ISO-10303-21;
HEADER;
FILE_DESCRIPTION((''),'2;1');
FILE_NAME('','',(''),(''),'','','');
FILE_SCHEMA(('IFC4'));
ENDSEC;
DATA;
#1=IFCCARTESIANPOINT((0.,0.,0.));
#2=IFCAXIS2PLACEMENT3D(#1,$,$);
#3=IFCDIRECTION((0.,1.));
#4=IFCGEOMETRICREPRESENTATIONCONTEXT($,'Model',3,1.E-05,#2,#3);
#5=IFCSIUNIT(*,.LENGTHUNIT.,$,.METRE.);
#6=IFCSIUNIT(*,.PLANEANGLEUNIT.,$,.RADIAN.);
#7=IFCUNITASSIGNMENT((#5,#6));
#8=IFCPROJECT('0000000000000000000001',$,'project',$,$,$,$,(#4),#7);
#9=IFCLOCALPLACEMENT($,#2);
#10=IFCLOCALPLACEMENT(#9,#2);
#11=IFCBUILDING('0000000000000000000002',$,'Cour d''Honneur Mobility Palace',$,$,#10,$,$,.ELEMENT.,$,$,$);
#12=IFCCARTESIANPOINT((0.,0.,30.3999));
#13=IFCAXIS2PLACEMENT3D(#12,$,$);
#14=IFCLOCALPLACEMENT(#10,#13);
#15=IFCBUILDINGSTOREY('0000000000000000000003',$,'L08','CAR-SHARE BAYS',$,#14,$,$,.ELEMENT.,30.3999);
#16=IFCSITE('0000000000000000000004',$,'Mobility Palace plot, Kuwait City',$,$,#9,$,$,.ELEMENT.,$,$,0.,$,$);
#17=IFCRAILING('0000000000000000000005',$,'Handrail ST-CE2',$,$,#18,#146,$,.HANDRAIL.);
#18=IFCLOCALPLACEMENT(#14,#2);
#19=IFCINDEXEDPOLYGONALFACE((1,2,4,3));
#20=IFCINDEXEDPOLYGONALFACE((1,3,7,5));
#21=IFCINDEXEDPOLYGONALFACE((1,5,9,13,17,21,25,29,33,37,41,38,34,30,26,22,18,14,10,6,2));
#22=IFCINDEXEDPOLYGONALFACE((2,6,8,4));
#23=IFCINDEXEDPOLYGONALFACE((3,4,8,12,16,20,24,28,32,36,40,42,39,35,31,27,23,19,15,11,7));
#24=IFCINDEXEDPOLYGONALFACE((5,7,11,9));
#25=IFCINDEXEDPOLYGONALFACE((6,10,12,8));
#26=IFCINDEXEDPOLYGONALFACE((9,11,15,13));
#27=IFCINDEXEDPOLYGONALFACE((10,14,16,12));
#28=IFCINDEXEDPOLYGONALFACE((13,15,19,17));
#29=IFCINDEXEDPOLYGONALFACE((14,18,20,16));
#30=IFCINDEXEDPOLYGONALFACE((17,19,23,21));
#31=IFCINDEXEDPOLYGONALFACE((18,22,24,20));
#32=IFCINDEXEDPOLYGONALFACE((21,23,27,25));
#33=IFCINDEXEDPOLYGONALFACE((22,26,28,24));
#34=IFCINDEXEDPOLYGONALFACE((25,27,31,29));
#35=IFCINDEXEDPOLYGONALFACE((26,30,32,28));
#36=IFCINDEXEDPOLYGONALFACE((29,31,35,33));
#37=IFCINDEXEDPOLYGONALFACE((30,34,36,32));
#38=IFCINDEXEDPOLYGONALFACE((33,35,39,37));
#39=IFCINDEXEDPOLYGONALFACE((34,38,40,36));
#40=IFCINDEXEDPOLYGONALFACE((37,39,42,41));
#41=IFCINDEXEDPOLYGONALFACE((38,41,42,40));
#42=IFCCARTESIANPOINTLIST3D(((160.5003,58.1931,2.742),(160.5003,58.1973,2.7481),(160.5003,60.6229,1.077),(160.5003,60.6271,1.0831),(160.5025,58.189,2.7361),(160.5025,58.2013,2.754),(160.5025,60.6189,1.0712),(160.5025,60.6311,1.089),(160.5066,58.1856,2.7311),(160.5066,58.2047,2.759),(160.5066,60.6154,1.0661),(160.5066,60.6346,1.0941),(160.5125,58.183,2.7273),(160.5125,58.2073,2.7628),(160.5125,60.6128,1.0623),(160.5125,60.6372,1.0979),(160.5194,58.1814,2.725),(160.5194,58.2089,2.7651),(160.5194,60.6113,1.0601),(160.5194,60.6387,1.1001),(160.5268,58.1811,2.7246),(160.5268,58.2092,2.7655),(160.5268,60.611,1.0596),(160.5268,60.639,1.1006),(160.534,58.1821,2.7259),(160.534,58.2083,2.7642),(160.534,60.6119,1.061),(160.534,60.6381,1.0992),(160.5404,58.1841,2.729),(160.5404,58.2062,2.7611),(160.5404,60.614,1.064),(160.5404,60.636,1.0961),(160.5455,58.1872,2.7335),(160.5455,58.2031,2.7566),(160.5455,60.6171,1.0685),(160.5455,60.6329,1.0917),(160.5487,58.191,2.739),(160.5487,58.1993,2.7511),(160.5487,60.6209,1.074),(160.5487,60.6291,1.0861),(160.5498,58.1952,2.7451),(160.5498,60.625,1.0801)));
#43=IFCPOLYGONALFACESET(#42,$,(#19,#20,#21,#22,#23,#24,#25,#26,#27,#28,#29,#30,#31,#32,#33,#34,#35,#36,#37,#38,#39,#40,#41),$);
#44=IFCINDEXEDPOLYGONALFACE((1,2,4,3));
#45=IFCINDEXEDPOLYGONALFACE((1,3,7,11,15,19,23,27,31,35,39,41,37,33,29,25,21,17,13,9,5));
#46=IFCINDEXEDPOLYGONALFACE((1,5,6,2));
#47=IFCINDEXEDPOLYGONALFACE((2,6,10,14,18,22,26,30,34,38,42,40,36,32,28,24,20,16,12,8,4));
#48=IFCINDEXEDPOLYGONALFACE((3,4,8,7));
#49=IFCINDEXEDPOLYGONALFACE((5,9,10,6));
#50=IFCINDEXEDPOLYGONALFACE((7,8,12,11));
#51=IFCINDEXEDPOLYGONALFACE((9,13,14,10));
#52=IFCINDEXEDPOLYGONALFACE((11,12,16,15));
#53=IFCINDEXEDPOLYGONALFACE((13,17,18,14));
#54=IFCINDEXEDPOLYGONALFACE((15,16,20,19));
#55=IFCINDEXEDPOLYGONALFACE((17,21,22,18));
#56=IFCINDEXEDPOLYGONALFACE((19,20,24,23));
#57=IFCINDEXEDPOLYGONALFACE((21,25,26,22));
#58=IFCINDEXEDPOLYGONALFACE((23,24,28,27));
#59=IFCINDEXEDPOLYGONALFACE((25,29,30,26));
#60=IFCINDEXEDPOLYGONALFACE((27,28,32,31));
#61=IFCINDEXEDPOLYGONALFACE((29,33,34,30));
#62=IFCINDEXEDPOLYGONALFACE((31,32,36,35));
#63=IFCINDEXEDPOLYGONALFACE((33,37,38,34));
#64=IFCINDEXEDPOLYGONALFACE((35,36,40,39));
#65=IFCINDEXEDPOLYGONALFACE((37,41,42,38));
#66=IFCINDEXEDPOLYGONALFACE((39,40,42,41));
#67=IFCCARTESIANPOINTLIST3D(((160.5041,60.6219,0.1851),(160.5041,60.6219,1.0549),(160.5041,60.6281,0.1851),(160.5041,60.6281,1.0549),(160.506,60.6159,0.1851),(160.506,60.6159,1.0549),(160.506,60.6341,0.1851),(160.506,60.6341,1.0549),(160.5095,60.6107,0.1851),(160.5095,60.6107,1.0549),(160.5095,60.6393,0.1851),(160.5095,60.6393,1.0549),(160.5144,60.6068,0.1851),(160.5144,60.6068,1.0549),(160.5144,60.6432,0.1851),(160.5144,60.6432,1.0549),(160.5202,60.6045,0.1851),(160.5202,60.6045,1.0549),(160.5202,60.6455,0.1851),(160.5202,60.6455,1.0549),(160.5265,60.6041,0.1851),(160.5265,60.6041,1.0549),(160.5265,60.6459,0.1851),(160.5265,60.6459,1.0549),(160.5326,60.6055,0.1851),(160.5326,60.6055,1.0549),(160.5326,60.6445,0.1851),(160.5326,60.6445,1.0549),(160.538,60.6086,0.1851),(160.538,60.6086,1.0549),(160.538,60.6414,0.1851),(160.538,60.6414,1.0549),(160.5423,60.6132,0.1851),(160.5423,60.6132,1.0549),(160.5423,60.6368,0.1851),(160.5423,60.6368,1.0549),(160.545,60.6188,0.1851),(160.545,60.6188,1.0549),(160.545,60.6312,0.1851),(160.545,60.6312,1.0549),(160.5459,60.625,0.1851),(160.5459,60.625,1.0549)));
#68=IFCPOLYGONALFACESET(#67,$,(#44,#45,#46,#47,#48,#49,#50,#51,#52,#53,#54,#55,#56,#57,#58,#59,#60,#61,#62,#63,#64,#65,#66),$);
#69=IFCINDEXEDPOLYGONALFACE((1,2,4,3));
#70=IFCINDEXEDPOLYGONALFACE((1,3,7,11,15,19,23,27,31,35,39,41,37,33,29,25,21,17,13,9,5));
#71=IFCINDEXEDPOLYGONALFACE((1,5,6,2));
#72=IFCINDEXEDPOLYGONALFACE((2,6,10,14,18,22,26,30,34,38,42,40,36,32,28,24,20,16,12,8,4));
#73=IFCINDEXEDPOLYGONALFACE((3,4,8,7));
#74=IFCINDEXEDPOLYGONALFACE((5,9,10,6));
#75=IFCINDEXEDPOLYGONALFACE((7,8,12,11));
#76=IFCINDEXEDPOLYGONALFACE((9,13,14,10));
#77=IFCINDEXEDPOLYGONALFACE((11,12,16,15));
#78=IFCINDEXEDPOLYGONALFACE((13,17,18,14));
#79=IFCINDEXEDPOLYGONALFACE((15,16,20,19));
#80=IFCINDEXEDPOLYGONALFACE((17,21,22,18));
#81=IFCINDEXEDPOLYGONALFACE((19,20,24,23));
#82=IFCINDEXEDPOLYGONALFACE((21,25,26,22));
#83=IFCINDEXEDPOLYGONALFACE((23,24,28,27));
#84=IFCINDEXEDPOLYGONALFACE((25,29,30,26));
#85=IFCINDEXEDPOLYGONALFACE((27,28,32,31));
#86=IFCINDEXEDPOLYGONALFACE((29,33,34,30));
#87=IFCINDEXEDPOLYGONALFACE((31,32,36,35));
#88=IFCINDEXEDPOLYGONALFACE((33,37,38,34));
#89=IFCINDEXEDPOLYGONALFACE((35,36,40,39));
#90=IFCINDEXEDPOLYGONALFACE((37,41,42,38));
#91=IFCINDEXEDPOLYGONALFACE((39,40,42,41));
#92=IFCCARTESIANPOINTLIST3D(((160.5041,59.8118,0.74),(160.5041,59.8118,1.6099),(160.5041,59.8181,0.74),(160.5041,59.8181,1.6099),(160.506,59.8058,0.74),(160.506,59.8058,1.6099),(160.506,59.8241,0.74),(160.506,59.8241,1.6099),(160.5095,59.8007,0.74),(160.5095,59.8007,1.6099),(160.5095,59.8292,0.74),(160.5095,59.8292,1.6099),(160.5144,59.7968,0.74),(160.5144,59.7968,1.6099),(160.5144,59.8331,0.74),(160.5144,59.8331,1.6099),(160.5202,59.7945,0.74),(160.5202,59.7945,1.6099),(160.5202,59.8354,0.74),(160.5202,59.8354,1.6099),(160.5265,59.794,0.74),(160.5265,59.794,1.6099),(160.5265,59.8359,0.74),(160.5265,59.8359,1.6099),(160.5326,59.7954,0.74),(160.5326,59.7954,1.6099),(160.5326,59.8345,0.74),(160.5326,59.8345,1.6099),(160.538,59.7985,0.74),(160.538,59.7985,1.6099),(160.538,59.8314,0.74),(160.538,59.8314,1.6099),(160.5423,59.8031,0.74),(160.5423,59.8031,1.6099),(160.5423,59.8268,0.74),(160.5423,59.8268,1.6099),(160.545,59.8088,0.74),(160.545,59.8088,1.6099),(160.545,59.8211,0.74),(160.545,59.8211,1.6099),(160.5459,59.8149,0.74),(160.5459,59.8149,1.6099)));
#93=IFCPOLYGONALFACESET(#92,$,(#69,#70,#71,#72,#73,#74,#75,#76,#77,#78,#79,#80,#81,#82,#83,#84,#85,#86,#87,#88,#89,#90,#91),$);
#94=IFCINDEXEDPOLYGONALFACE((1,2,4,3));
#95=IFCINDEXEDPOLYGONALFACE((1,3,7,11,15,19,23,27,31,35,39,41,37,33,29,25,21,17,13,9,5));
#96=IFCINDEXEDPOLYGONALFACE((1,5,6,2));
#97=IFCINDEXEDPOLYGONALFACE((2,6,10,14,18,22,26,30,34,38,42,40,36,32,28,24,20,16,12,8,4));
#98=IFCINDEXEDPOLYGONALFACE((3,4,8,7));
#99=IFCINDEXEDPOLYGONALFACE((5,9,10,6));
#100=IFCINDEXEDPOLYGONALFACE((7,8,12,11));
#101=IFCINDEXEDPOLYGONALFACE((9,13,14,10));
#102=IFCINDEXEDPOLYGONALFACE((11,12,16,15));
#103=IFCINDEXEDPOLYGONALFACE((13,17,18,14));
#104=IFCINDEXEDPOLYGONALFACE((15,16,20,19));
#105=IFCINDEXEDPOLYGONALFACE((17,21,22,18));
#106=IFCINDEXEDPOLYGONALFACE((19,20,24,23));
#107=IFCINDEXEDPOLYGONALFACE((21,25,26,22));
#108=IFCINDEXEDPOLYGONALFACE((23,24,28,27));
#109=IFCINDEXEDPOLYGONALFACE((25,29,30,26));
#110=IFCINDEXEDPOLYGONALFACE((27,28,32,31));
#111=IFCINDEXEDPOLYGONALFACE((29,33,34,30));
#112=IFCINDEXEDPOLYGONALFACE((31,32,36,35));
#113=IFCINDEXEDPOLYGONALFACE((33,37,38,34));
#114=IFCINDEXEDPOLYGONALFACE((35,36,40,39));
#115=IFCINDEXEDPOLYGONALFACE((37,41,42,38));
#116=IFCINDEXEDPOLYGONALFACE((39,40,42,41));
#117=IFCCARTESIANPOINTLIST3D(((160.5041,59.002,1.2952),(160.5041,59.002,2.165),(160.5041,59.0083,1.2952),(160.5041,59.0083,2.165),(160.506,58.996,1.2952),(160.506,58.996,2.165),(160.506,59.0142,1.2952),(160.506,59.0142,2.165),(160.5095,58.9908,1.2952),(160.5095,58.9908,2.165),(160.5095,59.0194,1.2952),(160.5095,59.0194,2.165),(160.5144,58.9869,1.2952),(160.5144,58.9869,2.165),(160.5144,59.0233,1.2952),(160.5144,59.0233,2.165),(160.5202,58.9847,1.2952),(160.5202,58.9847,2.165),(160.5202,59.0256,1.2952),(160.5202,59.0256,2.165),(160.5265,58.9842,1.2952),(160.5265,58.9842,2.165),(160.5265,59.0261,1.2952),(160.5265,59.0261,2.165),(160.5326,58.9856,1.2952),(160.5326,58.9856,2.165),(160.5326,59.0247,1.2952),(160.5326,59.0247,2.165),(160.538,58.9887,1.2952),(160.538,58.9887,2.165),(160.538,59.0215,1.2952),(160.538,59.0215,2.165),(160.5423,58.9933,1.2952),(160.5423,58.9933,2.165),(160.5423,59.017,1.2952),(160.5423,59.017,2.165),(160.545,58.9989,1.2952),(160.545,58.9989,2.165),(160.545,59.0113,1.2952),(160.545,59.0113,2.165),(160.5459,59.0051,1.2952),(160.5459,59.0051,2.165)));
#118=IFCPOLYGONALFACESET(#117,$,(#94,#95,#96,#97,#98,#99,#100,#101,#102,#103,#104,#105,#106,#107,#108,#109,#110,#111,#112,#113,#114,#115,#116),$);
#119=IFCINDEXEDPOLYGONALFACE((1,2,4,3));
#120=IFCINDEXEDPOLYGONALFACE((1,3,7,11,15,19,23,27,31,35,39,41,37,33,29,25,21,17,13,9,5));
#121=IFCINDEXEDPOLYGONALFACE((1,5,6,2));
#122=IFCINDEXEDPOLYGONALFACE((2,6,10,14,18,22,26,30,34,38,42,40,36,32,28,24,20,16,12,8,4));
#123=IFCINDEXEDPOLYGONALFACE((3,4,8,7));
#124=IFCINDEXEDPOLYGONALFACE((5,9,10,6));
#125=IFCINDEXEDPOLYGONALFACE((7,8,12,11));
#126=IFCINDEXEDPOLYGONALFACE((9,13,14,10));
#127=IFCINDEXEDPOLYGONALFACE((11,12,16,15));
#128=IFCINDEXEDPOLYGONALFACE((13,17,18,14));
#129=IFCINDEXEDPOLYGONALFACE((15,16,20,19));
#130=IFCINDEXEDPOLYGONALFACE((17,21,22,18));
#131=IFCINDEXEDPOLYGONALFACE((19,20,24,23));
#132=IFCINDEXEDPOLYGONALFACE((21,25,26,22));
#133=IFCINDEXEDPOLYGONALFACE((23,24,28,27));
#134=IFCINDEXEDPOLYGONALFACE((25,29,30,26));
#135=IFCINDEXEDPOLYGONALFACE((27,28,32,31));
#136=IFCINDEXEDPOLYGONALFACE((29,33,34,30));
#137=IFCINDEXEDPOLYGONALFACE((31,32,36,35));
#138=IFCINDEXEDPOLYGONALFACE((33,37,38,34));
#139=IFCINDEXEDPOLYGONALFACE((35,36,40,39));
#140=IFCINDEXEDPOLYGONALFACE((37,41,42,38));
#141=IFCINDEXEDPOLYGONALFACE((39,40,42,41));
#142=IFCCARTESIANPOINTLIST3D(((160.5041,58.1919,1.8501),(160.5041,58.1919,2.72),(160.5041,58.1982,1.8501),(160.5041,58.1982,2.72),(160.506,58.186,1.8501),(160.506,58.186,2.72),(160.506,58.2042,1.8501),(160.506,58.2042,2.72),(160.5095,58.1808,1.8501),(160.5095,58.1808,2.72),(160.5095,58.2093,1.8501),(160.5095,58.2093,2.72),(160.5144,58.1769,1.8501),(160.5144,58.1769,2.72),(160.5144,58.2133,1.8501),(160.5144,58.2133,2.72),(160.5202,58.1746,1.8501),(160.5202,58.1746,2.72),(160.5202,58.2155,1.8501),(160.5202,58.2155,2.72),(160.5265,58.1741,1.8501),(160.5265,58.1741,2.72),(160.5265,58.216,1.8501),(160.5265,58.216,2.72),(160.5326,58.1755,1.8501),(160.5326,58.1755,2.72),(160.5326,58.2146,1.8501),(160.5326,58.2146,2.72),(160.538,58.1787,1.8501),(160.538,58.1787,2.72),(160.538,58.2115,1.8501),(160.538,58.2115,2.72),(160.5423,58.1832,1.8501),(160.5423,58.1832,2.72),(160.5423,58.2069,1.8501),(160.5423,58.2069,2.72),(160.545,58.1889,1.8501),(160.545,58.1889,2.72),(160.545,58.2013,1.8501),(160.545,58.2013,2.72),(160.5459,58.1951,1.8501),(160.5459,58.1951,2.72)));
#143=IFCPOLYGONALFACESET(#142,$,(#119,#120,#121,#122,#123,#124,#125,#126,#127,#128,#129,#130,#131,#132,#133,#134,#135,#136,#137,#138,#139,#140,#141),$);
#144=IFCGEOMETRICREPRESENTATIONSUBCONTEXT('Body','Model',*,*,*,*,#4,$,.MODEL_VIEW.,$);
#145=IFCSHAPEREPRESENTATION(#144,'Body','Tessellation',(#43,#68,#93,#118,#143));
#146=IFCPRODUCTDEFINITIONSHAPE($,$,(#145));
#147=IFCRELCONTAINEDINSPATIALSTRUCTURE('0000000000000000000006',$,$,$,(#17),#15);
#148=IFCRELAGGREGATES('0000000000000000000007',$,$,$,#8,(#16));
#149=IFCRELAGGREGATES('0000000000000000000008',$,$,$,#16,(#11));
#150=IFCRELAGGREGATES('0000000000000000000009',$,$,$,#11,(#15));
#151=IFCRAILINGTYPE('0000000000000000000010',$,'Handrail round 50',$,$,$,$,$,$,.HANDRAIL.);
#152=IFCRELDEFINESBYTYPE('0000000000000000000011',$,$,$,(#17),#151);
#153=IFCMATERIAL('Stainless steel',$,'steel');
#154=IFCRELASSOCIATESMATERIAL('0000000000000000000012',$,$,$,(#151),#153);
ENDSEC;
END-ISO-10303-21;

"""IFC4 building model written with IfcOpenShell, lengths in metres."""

from ifc_helpers import new_model, si_unit, direction, frame, origin, origin_2d, place, context, subcontext, project, spatial, circle, extrude, material, type_object, element, save


model = new_model("IFC4")

# Units and contexts
model_context = context("Model", 3, precision=1e-05, world=origin(), true_north=direction((0.0, 1.0)))
body_context = subcontext(model_context, "Body", "Model", "MODEL_VIEW")
ifc_project = project(units=[si_unit("LENGTHUNIT", "METRE"), si_unit("PLANEANGLEUNIT", "RADIAN")], contexts=[model_context])

# Site, building, storey
site_placement = place(None, origin())
site = spatial("IfcSite", under=ifc_project, at=site_placement, Name="Mobility Palace plot, Kuwait City", CompositionType="ELEMENT", RefElevation=0.0)
building_placement = place(site_placement, origin())
building = spatial("IfcBuilding", under=site, at=building_placement, Name="Cour d'Honneur Mobility Palace", CompositionType="ELEMENT")
storey_placement = place(building_placement, frame((0.0, 0.0, 30.3999)))
storey = spatial("IfcBuildingStorey", under=building, at=storey_placement, Name="L08", Description="CAR-SHARE BAYS", CompositionType="ELEMENT", Elevation=30.3999)

# Railing
ifc_material_1 = material(Name="Stainless steel", Category="steel")
railing_type_1 = type_object("IfcRailingType", Name="Handrail round 50", PredefinedType="HANDRAIL", material=ifc_material_1)
railing_1_placement = place(storey_placement, frame((160.5249, 60.625, 0.1851)))
element("IfcRailing", 1, at=railing_1_placement, inside=storey, type_object=railing_type_1, Name="Handrail ST-CE2", PredefinedType="HANDRAIL", context=body_context, shape_type="SweptSolid", body=[
    extrude(circle(Radius=0.0249, at=origin_2d()), frame((0.0, 0.0, 0.895), z_axis=(0.0, -0.824919, 0.565251), x_axis=(1.0, 0.0, 0.0)), (0.0, 0.0, 1.0), 2.9456),
    extrude(circle(Radius=0.021, at=origin_2d()), origin(), (0.0, 0.0, 1.0), 0.8699),
    extrude(circle(Radius=0.021, at=origin_2d()), frame((0.0, -0.8101, 0.5549)), (0.0, 0.0, 1.0), 0.8699),
    extrude(circle(Radius=0.021, at=origin_2d()), frame((0.0, -1.6199, 1.1101)), (0.0, 0.0, 1.0), 0.8699),
    extrude(circle(Radius=0.021, at=origin_2d()), frame((0.0, -2.4299, 1.665)), (0.0, 0.0, 1.0), 0.8699),
])

save(model, "model.ifc")
